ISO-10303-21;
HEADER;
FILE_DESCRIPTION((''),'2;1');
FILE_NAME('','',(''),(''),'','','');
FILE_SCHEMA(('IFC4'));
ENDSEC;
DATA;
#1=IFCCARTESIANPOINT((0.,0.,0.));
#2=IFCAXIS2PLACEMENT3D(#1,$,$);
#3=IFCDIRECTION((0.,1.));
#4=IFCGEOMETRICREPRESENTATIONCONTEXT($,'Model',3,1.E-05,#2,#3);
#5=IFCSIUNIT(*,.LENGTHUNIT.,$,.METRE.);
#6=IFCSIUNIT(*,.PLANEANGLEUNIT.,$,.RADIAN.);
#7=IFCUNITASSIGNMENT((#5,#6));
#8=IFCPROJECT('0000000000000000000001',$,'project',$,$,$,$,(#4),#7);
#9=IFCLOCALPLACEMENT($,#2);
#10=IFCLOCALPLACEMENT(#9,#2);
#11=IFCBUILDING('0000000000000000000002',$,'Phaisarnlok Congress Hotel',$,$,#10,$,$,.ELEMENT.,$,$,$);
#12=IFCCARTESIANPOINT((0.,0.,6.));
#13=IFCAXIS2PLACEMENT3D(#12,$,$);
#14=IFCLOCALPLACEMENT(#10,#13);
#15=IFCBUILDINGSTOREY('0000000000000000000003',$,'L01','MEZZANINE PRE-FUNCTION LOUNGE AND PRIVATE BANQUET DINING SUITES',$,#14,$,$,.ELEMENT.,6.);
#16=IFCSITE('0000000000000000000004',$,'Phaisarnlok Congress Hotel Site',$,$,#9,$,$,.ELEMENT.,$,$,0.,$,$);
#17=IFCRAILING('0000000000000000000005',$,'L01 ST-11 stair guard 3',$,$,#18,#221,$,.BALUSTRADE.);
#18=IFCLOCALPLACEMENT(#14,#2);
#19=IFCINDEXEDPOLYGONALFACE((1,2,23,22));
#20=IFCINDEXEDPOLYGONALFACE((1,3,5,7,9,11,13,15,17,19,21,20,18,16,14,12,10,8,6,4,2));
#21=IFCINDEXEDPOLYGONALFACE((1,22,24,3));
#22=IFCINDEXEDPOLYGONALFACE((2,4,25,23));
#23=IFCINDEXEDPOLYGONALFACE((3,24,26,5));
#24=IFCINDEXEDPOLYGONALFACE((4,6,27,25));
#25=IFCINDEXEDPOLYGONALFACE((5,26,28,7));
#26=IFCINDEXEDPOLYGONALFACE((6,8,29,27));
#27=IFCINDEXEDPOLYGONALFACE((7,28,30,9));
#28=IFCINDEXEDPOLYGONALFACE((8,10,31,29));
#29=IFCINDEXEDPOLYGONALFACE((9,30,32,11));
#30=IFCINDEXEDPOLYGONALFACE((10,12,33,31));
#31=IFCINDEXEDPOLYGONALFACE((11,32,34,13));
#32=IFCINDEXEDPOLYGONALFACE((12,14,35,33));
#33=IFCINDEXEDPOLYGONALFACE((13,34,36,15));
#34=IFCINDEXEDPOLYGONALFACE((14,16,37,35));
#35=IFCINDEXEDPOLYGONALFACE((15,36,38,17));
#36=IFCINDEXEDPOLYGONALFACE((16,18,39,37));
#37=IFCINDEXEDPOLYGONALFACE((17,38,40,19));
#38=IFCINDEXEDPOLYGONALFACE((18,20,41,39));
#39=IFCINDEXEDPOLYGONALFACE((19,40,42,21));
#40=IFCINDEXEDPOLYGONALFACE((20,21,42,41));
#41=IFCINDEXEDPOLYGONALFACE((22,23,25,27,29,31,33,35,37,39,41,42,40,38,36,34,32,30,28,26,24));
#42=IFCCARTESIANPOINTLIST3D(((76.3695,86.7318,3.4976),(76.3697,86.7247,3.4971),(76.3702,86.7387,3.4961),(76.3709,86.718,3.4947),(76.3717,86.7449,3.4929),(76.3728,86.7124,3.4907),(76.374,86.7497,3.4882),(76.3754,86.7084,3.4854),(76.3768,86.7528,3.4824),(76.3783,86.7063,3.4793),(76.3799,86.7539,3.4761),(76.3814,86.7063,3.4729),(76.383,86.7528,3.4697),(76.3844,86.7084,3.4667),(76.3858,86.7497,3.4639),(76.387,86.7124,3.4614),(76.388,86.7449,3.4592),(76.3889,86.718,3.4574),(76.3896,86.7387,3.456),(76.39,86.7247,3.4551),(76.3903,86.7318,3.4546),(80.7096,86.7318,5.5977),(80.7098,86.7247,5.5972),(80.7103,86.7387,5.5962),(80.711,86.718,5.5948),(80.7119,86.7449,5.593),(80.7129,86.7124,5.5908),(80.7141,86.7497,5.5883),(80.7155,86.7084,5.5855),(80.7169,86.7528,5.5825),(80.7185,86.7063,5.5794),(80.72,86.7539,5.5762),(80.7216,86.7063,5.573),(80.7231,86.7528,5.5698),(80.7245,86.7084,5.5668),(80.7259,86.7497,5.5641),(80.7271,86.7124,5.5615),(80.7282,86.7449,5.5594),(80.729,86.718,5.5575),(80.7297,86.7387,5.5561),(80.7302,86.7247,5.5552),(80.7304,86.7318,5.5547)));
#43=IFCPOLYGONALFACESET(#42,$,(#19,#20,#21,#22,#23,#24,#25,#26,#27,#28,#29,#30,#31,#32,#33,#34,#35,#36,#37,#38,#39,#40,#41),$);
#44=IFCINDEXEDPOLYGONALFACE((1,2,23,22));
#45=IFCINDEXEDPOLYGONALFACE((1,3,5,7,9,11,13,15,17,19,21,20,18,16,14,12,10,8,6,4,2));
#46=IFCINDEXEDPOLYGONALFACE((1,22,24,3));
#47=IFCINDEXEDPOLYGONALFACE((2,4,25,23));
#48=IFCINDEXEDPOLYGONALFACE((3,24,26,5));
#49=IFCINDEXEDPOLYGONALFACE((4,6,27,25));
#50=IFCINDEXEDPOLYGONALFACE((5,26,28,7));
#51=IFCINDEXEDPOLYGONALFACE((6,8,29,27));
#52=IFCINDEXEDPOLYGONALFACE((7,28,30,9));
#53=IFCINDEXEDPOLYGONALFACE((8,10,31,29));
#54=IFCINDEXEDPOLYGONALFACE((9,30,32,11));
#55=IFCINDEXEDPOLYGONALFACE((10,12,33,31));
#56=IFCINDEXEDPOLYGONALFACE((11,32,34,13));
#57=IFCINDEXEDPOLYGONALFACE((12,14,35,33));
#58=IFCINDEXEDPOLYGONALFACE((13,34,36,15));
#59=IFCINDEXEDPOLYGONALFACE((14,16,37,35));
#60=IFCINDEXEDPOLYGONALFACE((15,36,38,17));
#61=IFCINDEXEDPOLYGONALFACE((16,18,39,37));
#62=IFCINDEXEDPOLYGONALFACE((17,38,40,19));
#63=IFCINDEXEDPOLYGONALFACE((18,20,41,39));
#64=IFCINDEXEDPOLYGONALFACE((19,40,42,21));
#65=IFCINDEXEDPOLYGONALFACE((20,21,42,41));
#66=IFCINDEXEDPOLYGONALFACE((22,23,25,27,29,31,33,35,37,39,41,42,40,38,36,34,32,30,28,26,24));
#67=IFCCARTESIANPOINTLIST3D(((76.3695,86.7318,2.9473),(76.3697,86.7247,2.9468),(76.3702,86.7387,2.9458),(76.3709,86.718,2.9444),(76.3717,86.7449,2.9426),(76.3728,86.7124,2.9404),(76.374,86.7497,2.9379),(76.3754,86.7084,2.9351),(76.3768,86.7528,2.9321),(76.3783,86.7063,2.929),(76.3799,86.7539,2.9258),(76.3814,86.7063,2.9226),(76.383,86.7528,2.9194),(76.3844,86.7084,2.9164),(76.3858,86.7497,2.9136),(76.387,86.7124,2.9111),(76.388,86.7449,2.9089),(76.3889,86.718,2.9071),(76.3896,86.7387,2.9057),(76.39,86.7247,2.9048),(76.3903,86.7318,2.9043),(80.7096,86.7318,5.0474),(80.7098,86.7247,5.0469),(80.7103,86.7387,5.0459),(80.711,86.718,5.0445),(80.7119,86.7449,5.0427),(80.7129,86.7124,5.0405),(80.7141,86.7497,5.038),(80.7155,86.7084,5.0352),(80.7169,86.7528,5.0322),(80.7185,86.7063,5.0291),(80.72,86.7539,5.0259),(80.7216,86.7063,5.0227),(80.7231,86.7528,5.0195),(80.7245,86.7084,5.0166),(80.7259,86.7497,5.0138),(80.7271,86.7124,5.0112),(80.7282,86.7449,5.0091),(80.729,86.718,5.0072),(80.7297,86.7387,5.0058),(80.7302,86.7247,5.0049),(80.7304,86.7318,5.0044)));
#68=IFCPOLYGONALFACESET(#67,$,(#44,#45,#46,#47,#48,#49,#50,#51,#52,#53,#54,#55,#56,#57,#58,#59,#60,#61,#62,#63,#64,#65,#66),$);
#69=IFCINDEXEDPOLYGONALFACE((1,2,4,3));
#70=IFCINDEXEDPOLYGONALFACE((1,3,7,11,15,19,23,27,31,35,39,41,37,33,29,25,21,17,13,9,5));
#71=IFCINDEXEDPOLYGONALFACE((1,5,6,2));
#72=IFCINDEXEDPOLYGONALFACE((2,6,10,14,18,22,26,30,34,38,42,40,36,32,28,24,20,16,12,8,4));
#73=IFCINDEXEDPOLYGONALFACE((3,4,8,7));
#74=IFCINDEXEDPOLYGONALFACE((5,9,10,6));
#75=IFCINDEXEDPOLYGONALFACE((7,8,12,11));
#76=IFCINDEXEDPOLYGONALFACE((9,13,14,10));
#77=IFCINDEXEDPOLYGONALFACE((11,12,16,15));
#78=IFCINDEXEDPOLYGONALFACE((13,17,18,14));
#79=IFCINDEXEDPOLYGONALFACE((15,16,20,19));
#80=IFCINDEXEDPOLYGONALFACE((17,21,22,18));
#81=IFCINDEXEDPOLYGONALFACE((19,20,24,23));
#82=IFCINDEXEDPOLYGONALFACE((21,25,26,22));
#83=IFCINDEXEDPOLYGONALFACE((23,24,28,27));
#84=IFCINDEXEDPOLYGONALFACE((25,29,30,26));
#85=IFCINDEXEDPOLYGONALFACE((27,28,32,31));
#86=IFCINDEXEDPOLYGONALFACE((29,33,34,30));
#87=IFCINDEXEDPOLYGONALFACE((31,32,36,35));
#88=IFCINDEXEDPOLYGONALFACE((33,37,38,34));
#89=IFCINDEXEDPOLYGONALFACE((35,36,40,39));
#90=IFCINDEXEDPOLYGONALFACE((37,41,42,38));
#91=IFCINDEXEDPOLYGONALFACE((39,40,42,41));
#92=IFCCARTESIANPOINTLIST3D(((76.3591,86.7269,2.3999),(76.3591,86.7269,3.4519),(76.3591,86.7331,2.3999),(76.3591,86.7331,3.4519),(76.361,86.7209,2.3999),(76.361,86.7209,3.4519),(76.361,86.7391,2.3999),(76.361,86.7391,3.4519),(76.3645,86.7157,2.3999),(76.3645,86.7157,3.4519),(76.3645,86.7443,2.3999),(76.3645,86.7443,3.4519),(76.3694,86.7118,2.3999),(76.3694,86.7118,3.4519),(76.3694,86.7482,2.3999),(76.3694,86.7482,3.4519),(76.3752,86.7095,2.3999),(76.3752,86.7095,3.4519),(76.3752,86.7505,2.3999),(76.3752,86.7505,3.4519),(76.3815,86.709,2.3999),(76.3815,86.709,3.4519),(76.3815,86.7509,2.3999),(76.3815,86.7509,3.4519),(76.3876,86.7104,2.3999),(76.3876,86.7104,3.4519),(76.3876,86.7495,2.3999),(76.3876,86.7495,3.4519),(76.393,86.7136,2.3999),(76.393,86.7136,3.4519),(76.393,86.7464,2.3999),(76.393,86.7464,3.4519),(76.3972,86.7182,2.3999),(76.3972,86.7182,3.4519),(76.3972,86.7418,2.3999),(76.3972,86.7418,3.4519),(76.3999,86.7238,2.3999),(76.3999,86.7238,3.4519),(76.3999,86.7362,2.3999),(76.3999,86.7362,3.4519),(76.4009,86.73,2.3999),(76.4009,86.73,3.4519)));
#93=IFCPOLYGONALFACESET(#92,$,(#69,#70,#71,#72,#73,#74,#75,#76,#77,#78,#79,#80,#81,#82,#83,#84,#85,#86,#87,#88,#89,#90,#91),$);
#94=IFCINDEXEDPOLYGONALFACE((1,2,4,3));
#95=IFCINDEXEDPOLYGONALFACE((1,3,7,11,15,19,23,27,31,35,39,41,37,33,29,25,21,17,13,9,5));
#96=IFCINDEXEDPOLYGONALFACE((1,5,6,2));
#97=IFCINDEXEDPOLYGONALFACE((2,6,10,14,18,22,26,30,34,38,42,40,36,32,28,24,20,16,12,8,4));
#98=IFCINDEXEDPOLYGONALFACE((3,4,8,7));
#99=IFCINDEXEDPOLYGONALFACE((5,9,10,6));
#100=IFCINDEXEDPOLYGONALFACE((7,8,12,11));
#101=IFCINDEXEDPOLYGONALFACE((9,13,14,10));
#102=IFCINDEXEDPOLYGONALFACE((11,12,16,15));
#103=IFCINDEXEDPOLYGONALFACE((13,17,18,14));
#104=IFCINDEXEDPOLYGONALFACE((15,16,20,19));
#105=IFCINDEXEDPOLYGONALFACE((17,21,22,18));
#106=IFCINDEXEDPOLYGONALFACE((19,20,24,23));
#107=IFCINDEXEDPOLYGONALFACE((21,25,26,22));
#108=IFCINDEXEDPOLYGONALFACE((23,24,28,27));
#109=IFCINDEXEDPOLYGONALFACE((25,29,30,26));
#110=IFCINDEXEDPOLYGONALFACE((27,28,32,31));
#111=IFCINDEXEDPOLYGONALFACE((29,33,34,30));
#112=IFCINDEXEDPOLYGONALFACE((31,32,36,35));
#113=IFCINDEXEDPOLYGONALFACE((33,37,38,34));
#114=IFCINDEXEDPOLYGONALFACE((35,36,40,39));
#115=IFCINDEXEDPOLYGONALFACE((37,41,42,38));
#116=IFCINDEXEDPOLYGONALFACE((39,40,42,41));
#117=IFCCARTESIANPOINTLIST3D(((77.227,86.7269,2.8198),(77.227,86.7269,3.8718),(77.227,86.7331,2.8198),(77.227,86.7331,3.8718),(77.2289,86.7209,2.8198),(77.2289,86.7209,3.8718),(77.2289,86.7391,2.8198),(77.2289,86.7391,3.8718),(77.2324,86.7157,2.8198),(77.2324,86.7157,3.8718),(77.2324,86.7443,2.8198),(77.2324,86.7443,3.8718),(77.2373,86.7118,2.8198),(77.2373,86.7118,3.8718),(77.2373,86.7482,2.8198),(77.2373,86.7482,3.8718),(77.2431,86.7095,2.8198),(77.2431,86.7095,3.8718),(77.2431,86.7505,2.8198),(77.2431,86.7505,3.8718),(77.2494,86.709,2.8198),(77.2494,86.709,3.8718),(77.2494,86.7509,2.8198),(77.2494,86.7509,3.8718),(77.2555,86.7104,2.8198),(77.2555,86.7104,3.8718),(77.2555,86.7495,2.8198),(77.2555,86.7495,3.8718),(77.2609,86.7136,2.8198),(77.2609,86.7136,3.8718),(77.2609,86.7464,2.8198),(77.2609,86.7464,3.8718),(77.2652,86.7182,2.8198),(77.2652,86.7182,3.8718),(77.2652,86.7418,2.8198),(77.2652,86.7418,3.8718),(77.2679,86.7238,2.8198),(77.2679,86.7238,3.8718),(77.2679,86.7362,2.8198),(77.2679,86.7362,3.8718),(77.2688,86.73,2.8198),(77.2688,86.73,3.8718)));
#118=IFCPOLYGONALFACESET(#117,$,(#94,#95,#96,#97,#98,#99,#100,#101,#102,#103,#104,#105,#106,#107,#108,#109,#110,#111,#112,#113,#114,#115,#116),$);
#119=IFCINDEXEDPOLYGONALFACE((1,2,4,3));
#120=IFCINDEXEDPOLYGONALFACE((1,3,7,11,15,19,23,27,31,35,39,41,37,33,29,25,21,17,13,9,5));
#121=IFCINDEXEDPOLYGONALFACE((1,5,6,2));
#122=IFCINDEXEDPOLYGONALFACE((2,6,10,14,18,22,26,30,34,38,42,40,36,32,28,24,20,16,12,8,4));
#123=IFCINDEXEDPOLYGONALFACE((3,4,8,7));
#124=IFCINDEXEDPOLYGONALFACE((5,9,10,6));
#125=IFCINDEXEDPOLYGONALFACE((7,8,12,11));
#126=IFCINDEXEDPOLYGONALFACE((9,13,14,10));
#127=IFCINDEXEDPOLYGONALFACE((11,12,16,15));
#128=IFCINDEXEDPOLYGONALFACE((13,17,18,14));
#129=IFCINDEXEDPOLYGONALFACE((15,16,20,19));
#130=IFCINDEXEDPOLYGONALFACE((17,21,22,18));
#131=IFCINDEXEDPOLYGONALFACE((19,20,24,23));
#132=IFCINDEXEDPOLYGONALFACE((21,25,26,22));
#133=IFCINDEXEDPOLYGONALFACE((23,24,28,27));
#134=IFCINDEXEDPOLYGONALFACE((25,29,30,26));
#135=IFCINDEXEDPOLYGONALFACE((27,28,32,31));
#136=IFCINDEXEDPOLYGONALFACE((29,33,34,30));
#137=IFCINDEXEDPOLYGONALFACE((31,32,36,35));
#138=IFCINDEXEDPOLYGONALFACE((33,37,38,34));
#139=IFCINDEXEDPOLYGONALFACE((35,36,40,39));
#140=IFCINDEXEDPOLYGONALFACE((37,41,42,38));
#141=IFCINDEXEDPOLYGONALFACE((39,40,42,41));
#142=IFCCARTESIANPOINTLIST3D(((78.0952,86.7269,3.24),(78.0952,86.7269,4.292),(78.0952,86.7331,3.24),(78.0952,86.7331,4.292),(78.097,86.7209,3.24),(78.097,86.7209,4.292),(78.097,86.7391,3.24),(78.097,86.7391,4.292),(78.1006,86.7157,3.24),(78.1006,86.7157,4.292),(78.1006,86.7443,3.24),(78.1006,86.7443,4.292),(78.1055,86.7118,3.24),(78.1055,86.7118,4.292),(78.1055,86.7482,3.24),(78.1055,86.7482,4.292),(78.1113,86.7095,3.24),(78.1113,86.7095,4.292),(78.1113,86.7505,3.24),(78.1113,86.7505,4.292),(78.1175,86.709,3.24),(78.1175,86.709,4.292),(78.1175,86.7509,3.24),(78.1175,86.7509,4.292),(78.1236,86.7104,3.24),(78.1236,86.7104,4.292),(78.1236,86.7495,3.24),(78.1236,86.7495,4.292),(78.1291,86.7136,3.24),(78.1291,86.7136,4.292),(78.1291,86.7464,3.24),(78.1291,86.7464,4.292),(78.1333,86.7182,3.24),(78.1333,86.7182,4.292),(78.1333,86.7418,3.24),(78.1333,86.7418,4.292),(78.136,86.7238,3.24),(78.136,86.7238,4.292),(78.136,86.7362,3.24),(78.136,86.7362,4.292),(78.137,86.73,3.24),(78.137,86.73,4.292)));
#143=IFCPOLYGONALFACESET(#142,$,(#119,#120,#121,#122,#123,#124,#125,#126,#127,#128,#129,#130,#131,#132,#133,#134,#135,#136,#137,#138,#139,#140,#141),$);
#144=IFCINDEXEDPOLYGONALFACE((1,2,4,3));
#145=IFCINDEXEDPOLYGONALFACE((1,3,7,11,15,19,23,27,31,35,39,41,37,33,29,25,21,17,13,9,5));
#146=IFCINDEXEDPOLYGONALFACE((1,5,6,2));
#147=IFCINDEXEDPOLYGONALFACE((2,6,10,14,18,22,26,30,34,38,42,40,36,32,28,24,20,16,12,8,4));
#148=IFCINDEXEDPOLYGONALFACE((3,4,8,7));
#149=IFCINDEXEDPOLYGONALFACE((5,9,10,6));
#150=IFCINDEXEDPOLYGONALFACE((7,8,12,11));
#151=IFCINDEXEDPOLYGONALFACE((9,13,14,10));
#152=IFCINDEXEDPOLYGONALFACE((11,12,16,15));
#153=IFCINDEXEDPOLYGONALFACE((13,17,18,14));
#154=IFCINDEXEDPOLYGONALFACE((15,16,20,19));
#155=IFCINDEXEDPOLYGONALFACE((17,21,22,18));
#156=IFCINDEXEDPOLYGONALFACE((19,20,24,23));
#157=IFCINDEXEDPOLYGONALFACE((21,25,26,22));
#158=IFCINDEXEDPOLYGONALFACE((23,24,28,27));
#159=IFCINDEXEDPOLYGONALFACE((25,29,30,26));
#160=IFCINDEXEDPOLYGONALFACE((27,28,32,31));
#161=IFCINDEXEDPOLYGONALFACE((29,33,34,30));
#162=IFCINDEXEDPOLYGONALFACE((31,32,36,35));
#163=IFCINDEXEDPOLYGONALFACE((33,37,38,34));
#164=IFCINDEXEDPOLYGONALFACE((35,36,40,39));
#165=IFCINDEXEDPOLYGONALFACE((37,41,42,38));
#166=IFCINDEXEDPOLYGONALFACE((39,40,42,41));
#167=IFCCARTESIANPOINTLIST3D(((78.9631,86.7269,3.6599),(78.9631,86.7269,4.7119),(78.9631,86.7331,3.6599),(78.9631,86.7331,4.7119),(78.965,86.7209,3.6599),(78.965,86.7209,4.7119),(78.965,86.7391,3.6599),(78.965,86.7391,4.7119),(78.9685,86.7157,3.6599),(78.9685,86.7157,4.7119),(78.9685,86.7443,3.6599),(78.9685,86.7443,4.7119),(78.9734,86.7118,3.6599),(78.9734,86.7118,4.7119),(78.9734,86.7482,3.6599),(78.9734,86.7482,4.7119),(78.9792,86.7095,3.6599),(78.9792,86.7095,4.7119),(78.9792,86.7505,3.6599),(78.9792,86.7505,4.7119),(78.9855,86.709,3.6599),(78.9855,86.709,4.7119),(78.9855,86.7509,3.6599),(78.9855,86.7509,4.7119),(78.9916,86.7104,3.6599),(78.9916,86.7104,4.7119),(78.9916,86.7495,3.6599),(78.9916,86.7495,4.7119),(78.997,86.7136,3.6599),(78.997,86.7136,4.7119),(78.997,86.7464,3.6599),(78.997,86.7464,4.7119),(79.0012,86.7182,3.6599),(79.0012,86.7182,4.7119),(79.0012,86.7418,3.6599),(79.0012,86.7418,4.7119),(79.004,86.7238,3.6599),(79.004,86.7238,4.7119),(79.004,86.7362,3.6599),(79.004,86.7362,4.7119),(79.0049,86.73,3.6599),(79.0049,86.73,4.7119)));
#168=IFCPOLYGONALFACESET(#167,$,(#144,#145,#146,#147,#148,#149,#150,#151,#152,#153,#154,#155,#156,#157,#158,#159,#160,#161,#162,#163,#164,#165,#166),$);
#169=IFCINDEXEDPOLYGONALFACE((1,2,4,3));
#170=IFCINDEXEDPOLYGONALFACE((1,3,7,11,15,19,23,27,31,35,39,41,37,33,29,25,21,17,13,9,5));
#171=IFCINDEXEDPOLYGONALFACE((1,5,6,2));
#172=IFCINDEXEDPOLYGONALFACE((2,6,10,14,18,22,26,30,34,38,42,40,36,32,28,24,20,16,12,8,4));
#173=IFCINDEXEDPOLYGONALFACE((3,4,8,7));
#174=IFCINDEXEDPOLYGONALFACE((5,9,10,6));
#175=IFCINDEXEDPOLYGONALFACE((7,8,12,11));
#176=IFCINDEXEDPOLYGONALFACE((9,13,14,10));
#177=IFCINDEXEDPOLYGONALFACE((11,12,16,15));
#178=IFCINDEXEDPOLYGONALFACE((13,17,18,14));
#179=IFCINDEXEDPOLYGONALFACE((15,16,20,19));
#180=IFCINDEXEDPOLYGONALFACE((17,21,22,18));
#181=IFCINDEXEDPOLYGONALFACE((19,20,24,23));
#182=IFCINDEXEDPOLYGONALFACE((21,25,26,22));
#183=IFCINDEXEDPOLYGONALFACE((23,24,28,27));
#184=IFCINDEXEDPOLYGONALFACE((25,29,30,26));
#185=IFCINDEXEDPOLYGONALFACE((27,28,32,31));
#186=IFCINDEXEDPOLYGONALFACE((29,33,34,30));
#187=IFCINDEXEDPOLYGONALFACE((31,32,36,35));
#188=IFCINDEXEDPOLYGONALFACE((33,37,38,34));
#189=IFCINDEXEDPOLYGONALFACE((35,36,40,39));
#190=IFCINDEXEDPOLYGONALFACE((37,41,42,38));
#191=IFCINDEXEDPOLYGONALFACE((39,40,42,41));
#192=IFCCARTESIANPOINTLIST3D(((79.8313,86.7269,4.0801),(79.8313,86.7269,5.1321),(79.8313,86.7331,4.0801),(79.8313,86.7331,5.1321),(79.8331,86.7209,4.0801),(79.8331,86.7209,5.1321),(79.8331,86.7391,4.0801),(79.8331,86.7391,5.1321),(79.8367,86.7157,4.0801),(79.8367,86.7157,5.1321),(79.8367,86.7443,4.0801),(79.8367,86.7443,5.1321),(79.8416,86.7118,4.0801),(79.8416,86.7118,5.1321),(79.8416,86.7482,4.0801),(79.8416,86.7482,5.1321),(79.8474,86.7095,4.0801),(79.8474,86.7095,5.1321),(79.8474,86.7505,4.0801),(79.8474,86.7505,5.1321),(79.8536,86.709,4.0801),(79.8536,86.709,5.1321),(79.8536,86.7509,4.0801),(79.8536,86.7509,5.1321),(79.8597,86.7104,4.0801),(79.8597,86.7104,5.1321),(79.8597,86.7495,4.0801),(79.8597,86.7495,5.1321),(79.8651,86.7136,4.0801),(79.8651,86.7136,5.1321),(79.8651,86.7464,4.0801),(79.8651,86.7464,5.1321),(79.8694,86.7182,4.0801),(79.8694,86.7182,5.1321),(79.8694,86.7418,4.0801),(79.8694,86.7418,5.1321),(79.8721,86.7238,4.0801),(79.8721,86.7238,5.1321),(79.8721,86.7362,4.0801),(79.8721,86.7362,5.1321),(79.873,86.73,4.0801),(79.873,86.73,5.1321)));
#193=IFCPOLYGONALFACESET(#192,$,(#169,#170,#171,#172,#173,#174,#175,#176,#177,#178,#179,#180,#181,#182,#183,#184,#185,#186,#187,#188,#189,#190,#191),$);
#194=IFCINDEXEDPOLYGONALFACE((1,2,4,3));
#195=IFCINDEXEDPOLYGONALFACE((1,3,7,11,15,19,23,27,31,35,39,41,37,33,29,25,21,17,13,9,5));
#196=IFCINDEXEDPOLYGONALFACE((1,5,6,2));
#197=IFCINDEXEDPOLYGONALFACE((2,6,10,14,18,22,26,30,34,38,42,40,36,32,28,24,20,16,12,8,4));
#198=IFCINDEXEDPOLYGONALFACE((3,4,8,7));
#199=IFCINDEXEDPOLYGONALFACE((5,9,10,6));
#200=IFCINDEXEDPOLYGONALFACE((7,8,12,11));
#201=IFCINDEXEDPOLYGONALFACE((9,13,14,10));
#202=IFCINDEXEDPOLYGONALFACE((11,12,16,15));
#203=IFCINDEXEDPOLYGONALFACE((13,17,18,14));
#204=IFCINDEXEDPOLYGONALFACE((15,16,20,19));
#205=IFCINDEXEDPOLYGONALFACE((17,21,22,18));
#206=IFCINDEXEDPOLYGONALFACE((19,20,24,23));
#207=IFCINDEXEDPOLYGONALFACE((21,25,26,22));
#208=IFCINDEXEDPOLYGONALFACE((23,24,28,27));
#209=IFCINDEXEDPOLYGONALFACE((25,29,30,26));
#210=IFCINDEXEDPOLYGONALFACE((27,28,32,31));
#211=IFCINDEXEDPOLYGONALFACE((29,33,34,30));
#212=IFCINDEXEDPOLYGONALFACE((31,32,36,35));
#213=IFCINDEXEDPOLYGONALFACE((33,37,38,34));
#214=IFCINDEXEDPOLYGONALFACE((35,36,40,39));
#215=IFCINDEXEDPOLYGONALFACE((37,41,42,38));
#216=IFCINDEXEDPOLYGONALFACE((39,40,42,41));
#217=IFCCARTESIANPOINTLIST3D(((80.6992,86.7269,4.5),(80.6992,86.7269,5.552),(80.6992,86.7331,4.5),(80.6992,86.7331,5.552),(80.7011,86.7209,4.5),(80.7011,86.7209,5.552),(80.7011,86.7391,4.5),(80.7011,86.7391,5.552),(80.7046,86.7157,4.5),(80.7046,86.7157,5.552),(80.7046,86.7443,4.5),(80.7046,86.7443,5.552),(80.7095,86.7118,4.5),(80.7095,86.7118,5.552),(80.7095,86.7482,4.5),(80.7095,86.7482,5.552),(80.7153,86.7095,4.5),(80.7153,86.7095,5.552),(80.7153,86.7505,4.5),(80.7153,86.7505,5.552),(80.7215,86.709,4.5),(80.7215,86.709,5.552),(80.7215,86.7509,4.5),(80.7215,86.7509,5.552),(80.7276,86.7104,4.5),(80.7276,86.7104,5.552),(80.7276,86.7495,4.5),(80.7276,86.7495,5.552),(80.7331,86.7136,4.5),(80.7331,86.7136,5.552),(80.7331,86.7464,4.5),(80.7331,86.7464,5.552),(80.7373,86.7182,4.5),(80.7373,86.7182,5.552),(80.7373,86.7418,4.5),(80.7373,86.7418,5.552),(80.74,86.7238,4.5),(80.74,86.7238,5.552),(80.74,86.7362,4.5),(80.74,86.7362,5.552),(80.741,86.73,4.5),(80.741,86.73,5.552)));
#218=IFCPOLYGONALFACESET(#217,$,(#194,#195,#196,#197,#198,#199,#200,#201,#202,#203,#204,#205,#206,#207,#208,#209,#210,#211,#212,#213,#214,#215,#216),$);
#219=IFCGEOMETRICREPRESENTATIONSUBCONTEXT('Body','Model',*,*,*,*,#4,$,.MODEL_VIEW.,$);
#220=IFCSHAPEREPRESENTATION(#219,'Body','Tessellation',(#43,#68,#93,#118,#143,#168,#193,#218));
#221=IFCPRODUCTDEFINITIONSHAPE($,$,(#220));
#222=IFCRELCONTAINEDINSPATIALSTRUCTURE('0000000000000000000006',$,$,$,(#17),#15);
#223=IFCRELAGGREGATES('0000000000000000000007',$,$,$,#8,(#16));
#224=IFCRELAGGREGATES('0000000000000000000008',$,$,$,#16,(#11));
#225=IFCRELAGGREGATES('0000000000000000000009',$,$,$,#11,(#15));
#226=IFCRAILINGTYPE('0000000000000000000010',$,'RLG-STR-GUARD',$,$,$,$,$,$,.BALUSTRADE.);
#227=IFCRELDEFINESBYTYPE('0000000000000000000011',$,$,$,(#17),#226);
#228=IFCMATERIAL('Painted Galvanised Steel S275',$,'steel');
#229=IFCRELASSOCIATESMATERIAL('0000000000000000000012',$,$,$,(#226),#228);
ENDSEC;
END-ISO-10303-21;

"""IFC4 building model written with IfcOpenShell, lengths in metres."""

from ifc_helpers import new_model, si_unit, direction, frame, origin, origin_2d, place, context, subcontext, project, spatial, circle, extrude, material, type_object, element, save


model = new_model("IFC4")

# Units and contexts
model_context = context("Model", 3, precision=1e-05, world=origin(), true_north=direction((0.0, 1.0)))
body_context = subcontext(model_context, "Body", "Model", "MODEL_VIEW")
ifc_project = project(units=[si_unit("LENGTHUNIT", "METRE"), si_unit("PLANEANGLEUNIT", "RADIAN")], contexts=[model_context])

# Site, building, storey
site_placement = place(None, origin())
site = spatial("IfcSite", under=ifc_project, at=site_placement, Name="Phaisarnlok Congress Hotel Site", CompositionType="ELEMENT", RefElevation=0.0)
building_placement = place(site_placement, origin())
building = spatial("IfcBuilding", under=site, at=building_placement, Name="Phaisarnlok Congress Hotel", CompositionType="ELEMENT")
storey_placement = place(building_placement, frame((0.0, 0.0, 6.0)))
storey = spatial("IfcBuildingStorey", under=building, at=storey_placement, Name="L01", Description="MEZZANINE PRE-FUNCTION LOUNGE AND PRIVATE BANQUET DINING SUITES", CompositionType="ELEMENT", Elevation=6.0)

# Railing
ifc_material_1 = material(Name="Painted Galvanised Steel S275", Category="steel")
railing_type_1 = type_object("IfcRailingType", Name="RLG-STR-GUARD", PredefinedType="BALUSTRADE", material=ifc_material_1)
railing_1_placement = place(storey_placement, frame((76.3799, 86.73, 2.3999)))
element("IfcRailing", 1, at=railing_1_placement, inside=storey, type_object=railing_type_1, Name="L01 ST-11 stair guard 3", PredefinedType="BALUSTRADE", context=body_context, shape_type="SweptSolid", body=[
    extrude(circle(Radius=0.0239, at=origin_2d()), frame((0.0, 0.0, 1.0762), z_axis=(0.900155, 0.0, 0.43557), x_axis=(0.0, 1.0, 0.0)), (0.0, 0.0, 1.0), 4.8215),
    extrude(circle(Radius=0.0239, at=origin_2d()), frame((0.0, 0.0, 0.5259), z_axis=(0.900155, 0.0, 0.43557), x_axis=(0.0, 1.0, 0.0)), (0.0, 0.0, 1.0), 4.8215),
    extrude(circle(Radius=0.021, at=origin_2d()), origin(), (0.0, 0.0, 1.0), 1.052),
    extrude(circle(Radius=0.021, at=origin_2d()), frame((0.8679, 0.0, 0.4199)), (0.0, 0.0, 1.0), 1.052),
    extrude(circle(Radius=0.021, at=origin_2d()), frame((1.7361, 0.0, 0.8401)), (0.0, 0.0, 1.0), 1.052),
    extrude(circle(Radius=0.021, at=origin_2d()), frame((2.604, 0.0, 1.26)), (0.0, 0.0, 1.0), 1.052),
    extrude(circle(Radius=0.021, at=origin_2d()), frame((3.4722, 0.0, 1.6802)), (0.0, 0.0, 1.0), 1.052),
    extrude(circle(Radius=0.021, at=origin_2d()), frame((4.3401, 0.0, 2.1001)), (0.0, 0.0, 1.0), 1.052),
])

save(model, "model.ifc")
